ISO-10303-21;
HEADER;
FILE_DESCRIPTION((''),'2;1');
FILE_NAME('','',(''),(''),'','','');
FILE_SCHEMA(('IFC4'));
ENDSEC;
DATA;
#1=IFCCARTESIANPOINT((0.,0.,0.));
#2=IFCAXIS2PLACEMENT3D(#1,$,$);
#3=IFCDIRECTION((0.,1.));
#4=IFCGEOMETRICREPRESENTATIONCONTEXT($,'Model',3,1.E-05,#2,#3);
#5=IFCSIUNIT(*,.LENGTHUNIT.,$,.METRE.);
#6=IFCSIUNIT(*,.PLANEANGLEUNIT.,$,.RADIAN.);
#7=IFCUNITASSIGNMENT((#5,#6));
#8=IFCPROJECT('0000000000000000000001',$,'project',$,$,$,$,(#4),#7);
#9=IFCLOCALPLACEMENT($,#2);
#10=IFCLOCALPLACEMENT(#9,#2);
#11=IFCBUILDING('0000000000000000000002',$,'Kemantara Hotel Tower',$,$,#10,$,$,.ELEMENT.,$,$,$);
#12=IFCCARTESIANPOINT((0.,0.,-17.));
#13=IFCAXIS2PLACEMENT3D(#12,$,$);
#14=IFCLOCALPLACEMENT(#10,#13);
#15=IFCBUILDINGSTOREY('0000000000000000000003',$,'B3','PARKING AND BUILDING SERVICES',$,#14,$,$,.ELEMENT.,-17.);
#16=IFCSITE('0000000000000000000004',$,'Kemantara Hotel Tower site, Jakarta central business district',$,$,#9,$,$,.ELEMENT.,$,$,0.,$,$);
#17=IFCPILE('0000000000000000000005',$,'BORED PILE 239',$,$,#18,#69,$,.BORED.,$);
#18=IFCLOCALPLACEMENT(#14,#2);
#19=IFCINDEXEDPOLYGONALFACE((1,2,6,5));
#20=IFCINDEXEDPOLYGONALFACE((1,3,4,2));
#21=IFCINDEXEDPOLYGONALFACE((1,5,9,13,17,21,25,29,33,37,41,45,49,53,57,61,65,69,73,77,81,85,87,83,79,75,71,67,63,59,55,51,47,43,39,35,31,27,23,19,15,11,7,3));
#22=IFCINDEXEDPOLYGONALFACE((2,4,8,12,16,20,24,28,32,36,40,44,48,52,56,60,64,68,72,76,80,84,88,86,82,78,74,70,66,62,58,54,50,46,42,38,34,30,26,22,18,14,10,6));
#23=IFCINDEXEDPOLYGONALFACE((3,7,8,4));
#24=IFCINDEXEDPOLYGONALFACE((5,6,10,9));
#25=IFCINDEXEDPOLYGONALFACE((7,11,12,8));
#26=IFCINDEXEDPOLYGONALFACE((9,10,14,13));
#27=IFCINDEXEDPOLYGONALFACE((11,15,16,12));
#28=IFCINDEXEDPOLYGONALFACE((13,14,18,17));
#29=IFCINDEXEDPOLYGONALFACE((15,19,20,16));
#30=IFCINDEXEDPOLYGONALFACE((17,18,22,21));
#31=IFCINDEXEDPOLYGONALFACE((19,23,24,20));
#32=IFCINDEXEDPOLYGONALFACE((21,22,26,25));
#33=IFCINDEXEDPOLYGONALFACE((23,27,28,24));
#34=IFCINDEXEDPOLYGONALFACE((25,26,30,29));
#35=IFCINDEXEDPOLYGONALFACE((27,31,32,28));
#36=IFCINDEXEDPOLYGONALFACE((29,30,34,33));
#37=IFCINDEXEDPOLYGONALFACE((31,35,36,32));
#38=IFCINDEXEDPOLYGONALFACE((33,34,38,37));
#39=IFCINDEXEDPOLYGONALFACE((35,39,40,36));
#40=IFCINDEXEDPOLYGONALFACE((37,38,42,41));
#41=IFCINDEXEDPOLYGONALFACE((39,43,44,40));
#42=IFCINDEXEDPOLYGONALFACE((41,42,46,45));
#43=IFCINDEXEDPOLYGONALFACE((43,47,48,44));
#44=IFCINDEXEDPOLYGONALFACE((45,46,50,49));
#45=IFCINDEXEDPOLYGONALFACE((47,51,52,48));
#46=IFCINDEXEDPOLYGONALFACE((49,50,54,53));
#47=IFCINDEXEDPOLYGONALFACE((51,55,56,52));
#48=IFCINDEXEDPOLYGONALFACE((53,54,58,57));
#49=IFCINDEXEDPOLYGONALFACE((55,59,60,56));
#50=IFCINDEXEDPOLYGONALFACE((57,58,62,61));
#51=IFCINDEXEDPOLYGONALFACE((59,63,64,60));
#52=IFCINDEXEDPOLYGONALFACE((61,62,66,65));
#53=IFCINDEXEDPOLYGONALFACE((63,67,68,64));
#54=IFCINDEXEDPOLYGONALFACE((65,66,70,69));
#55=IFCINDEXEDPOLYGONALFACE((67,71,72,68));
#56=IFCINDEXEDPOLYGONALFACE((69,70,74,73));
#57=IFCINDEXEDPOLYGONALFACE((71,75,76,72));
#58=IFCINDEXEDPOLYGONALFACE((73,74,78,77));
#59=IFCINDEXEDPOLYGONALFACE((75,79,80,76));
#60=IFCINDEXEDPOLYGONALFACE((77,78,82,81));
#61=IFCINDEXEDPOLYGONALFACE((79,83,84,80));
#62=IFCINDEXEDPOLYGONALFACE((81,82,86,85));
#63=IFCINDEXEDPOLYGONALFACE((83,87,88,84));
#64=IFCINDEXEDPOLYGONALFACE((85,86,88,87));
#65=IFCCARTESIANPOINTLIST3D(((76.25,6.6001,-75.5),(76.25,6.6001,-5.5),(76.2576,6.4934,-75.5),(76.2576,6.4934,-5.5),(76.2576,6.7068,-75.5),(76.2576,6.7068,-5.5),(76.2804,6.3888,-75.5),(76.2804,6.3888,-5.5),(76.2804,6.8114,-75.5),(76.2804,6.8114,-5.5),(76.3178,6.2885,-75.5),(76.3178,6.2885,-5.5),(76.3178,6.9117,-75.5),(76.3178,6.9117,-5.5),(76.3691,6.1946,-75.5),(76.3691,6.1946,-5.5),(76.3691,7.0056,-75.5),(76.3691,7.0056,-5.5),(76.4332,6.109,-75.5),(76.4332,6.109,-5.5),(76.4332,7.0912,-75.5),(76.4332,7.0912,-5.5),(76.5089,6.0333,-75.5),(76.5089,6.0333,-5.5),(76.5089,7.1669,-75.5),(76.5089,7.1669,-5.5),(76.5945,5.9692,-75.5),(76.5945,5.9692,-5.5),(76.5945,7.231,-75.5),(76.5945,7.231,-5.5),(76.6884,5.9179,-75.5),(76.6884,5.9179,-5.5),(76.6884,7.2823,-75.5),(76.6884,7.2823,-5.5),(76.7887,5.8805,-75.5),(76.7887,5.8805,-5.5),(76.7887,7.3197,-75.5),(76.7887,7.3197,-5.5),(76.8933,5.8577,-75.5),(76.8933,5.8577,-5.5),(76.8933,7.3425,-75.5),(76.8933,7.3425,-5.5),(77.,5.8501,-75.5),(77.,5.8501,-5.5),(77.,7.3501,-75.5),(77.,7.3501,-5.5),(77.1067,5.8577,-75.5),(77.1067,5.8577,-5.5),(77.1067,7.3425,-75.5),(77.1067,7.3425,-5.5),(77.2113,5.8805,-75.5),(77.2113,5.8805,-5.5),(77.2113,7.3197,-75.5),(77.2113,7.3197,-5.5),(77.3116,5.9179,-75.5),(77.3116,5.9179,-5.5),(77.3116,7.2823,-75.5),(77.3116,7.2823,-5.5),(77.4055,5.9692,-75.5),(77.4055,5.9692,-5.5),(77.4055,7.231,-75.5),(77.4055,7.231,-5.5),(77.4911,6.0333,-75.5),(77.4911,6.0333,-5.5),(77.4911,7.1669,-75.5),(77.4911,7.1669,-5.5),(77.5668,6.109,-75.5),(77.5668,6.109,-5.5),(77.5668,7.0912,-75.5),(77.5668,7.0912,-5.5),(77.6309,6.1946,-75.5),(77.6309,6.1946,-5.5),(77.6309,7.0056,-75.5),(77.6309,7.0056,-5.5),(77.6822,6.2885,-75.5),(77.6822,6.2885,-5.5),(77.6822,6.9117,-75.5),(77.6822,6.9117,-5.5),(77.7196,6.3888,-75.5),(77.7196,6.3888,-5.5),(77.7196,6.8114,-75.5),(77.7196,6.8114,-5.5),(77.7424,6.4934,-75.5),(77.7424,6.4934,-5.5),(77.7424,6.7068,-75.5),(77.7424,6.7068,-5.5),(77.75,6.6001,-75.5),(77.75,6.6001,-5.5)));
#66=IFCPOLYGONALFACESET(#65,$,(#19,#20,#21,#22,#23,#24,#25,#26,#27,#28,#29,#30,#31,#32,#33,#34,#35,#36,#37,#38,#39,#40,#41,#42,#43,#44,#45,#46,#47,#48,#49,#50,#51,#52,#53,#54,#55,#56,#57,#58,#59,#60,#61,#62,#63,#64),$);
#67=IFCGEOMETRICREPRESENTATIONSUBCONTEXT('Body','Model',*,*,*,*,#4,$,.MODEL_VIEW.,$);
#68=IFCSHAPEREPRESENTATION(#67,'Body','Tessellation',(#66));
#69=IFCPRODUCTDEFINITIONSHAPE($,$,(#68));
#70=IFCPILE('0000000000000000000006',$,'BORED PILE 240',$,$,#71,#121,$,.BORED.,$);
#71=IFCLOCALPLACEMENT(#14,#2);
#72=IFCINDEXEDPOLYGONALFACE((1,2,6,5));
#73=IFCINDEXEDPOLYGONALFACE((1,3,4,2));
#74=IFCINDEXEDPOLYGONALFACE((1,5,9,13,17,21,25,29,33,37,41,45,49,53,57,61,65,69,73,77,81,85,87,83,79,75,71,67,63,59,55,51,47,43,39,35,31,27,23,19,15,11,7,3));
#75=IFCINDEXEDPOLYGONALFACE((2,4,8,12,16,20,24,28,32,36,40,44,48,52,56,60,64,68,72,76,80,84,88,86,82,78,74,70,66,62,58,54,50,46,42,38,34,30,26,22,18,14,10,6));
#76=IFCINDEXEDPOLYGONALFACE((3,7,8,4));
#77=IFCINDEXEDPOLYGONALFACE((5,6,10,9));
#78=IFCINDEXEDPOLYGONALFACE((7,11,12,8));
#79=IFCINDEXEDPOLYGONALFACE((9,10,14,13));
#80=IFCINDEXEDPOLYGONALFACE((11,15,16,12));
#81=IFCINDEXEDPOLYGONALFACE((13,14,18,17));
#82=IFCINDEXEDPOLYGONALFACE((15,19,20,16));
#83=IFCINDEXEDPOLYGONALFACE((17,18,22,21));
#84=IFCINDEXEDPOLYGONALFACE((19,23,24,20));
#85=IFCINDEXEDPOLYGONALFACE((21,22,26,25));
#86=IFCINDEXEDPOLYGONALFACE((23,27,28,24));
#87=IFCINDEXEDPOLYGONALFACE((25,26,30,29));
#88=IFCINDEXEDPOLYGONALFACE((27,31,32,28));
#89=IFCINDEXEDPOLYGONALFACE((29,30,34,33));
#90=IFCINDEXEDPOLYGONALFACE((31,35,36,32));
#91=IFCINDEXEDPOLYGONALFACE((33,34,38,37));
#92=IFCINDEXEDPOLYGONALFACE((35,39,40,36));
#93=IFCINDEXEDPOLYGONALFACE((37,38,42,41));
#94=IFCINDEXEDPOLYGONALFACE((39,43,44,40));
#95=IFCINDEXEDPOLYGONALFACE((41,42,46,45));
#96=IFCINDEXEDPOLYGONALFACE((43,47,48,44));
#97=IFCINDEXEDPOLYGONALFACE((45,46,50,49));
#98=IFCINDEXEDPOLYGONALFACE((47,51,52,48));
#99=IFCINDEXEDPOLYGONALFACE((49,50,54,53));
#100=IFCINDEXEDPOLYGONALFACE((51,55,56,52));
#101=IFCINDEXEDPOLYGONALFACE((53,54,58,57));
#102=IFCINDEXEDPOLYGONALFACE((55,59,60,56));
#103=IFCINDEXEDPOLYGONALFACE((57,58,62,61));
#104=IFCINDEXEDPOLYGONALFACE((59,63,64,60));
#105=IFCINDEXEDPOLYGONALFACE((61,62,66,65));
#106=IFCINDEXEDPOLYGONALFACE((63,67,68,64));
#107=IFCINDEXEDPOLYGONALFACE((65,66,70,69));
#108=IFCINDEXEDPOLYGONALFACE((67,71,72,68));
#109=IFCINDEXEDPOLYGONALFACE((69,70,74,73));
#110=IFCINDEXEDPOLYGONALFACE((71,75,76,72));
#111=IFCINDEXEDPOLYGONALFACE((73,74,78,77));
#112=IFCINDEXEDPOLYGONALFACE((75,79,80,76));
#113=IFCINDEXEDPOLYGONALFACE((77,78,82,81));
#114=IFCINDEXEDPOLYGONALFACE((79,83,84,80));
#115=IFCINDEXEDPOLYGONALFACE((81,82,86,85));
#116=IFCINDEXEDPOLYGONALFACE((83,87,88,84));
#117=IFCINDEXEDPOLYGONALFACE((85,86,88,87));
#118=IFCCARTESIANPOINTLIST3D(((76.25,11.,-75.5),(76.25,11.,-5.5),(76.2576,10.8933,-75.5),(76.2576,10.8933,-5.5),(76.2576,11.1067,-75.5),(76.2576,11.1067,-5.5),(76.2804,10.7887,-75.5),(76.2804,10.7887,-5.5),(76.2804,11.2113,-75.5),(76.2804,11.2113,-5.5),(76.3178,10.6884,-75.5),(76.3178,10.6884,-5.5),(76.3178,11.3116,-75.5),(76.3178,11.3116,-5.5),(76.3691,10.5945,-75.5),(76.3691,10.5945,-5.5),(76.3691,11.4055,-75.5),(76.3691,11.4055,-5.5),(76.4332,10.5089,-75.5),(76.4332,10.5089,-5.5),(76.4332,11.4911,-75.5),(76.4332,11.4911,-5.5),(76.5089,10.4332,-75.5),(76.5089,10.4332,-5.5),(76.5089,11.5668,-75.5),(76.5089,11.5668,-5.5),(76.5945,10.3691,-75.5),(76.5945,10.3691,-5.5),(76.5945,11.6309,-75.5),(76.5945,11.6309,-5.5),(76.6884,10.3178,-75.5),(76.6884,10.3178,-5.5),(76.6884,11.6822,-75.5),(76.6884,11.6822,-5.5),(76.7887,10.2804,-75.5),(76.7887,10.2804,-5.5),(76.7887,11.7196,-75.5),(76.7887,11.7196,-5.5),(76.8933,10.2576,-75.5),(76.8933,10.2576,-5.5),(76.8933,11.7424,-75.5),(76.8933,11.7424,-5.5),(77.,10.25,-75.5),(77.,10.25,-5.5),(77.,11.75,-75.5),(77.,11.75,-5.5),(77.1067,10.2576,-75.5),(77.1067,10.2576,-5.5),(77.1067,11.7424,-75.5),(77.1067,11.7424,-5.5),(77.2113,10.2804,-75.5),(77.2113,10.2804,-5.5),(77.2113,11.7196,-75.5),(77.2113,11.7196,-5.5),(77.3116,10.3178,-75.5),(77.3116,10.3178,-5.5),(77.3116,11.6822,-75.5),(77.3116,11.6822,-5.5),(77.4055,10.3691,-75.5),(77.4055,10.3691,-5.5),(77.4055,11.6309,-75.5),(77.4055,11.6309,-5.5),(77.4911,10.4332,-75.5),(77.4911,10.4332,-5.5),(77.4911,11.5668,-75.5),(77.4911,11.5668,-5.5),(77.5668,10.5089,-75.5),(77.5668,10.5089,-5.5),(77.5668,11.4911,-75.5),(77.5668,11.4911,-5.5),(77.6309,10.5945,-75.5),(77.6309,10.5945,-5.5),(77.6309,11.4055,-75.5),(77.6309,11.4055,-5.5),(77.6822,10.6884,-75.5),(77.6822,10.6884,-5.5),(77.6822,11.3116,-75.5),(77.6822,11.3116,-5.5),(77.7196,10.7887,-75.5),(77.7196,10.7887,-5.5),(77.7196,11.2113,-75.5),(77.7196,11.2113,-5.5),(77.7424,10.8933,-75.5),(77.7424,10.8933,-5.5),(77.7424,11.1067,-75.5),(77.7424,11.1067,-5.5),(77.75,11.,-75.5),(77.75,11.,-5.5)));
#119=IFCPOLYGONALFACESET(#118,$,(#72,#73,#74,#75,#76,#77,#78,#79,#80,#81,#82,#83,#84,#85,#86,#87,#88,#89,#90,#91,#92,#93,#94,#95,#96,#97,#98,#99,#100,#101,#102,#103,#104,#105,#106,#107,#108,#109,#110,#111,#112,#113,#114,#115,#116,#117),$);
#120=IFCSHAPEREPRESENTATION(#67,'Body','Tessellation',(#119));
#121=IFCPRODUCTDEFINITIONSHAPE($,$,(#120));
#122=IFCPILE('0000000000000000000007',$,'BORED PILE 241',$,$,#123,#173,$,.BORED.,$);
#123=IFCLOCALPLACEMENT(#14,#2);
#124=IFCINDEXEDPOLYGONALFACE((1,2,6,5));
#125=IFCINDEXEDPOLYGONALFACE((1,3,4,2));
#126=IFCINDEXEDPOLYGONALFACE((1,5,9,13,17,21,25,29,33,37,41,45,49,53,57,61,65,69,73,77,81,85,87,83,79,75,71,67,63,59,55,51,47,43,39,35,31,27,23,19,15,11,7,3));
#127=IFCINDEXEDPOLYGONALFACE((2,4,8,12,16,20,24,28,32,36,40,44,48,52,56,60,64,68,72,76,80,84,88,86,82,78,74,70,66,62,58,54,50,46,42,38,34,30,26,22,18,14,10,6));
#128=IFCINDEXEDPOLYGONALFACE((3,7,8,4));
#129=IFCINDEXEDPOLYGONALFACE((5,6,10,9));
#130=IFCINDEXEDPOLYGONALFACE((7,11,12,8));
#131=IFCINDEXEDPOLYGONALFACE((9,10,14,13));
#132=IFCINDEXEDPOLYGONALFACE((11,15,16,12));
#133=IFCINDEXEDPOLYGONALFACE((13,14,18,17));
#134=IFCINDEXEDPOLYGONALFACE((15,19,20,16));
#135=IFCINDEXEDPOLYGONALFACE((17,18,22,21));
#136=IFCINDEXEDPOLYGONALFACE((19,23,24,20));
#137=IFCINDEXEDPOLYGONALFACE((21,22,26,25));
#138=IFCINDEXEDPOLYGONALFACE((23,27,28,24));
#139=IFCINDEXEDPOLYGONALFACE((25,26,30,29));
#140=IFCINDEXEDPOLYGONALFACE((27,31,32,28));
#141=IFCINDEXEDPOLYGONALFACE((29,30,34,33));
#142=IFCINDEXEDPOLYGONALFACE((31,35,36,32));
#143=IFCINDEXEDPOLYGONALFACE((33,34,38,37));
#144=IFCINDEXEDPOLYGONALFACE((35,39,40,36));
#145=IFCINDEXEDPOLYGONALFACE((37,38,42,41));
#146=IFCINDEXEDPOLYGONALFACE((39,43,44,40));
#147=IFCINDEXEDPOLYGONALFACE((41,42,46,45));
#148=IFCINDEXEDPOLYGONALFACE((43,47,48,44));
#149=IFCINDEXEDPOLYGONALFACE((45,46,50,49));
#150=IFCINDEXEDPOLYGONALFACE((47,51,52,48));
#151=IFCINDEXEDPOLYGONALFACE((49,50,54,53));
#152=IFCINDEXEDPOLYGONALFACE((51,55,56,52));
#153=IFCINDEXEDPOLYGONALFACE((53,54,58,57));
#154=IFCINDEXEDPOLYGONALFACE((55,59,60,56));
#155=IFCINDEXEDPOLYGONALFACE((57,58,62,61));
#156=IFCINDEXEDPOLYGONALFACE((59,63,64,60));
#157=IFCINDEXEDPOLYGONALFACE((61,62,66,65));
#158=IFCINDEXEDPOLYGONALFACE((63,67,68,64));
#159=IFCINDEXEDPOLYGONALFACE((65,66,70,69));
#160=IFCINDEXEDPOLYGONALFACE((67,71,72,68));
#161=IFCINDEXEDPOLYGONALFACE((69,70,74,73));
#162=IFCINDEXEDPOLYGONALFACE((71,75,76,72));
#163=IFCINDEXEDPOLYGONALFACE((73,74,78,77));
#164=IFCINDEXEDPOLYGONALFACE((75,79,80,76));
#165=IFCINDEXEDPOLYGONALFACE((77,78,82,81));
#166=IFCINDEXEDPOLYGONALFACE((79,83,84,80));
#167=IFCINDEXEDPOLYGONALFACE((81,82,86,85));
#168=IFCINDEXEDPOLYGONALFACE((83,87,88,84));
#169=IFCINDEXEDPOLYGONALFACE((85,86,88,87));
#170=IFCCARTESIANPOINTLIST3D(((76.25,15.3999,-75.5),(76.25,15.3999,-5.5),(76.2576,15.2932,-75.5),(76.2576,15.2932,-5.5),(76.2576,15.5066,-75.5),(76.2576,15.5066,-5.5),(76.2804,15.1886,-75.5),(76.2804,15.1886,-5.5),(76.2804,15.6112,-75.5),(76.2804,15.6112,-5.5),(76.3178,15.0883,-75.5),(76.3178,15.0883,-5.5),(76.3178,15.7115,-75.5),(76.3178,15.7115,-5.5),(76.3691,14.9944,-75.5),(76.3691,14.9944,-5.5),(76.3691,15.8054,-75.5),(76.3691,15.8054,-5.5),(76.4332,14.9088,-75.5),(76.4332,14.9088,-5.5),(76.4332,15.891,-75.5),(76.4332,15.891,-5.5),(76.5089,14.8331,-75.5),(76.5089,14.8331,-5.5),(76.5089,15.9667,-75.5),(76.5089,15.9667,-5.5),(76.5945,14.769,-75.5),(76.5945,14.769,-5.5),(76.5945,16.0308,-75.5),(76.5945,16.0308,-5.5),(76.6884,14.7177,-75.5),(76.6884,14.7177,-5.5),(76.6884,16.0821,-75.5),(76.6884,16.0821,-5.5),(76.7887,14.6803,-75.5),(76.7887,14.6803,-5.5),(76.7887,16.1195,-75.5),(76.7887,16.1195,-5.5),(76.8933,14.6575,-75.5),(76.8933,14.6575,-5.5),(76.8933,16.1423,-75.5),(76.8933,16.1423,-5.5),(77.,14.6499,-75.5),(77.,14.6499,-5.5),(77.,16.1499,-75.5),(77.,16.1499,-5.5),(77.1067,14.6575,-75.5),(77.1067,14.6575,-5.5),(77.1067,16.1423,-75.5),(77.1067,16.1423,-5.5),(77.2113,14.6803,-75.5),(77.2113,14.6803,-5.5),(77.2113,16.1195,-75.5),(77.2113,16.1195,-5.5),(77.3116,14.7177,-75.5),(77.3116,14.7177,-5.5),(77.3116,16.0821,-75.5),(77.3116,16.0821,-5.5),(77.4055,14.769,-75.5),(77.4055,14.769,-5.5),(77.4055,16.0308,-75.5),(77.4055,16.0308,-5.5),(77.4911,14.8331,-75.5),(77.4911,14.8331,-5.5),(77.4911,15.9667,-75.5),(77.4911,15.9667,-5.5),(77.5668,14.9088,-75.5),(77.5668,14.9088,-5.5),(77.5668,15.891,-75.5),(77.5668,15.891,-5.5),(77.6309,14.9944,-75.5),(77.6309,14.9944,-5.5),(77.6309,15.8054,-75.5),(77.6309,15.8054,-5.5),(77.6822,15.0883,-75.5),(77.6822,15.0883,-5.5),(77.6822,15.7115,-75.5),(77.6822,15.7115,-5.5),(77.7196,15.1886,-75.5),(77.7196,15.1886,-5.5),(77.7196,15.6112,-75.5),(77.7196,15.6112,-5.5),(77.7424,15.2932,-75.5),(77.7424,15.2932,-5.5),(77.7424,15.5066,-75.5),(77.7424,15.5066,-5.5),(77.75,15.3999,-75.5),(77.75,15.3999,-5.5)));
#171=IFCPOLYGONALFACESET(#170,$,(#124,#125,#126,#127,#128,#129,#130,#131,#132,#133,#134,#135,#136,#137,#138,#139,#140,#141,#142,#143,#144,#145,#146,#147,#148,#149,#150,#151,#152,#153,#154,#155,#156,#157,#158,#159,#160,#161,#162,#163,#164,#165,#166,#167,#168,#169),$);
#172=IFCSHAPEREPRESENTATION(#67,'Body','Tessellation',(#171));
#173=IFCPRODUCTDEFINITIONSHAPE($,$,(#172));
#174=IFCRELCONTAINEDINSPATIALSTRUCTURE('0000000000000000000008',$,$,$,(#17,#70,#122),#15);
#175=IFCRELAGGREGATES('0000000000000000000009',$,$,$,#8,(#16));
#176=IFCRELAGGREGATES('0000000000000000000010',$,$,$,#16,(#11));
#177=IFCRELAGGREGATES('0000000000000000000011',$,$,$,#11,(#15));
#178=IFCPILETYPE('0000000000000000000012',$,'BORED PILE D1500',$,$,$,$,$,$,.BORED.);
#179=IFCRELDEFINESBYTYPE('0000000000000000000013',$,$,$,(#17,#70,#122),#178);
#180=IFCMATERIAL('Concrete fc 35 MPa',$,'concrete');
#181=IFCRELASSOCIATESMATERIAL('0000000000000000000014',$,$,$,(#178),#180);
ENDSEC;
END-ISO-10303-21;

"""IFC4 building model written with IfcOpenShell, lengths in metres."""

from ifc_helpers import new_model, si_unit, direction, frame, origin, origin_2d, place, context, subcontext, project, spatial, circle, extrude, material, material_profile, profile_set, type_object, element, save


model = new_model("IFC4")

# Units and contexts
model_context = context("Model", 3, precision=1e-05, world=origin(), true_north=direction((0.0, 1.0)))
body_context = subcontext(model_context, "Body", "Model", "MODEL_VIEW")
ifc_project = project(units=[si_unit("LENGTHUNIT", "METRE"), si_unit("PLANEANGLEUNIT", "RADIAN")], contexts=[model_context])

# Site, building, storey
site_placement = place(None, origin())
site = spatial("IfcSite", under=ifc_project, at=site_placement, Name="Kemantara Hotel Tower site, Jakarta central business district", CompositionType="ELEMENT", RefElevation=0.0)
building_placement = place(site_placement, origin())
building = spatial("IfcBuilding", under=site, at=building_placement, Name="Kemantara Hotel Tower", CompositionType="ELEMENT")
storey_placement = place(building_placement, frame((0.0, 0.0, -17.0)))
storey = spatial("IfcBuildingStorey", under=building, at=storey_placement, Name="B3", Description="PARKING AND BUILDING SERVICES", CompositionType="ELEMENT", Elevation=-17.0)

# Piles
ifc_material_1 = material(Name="Concrete fc 35 MPa", Category="concrete")
ifc_material_profile_1 = material_profile(ifc_material_1, circle(Radius=0.75, at=origin_2d()), Name="BORED PILE D1500")
ifc_profile_set_1 = profile_set([ifc_material_profile_1], Name="Concrete fc 35 MPa")
pile_type = type_object("IfcPileType", Name="BORED PILE D1500", PredefinedType="BORED", material=ifc_profile_set_1)
for number, where, z_axis, x_axis, name in (
    (1, (77.0, 6.6001, -5.5), (0.0, 0.0, -1.0), (1.0, 0.0, 0.0), "BORED PILE 239"),
    (2, (77.0, 11.0, -5.5), (0.0, 0.0, -1.0), (1.0, 0.0, 0.0), "BORED PILE 240"),
    (3, (77.0, 15.3999, -5.5), (0.0, 0.0, -1.0), (1.0, 0.0, 0.0), "BORED PILE 241"),
):
    element("IfcPile", number, at=place(storey_placement, frame(where, z_axis=z_axis, x_axis=x_axis)), inside=storey, type_object=pile_type, Name=name, PredefinedType="BORED", context=body_context, shape_type="SweptSolid", body=[
        extrude(circle(Radius=0.75, at=origin_2d()), origin(), (0.0, 0.0, 1.0), 70.0),
    ])

save(model, "model.ifc")
